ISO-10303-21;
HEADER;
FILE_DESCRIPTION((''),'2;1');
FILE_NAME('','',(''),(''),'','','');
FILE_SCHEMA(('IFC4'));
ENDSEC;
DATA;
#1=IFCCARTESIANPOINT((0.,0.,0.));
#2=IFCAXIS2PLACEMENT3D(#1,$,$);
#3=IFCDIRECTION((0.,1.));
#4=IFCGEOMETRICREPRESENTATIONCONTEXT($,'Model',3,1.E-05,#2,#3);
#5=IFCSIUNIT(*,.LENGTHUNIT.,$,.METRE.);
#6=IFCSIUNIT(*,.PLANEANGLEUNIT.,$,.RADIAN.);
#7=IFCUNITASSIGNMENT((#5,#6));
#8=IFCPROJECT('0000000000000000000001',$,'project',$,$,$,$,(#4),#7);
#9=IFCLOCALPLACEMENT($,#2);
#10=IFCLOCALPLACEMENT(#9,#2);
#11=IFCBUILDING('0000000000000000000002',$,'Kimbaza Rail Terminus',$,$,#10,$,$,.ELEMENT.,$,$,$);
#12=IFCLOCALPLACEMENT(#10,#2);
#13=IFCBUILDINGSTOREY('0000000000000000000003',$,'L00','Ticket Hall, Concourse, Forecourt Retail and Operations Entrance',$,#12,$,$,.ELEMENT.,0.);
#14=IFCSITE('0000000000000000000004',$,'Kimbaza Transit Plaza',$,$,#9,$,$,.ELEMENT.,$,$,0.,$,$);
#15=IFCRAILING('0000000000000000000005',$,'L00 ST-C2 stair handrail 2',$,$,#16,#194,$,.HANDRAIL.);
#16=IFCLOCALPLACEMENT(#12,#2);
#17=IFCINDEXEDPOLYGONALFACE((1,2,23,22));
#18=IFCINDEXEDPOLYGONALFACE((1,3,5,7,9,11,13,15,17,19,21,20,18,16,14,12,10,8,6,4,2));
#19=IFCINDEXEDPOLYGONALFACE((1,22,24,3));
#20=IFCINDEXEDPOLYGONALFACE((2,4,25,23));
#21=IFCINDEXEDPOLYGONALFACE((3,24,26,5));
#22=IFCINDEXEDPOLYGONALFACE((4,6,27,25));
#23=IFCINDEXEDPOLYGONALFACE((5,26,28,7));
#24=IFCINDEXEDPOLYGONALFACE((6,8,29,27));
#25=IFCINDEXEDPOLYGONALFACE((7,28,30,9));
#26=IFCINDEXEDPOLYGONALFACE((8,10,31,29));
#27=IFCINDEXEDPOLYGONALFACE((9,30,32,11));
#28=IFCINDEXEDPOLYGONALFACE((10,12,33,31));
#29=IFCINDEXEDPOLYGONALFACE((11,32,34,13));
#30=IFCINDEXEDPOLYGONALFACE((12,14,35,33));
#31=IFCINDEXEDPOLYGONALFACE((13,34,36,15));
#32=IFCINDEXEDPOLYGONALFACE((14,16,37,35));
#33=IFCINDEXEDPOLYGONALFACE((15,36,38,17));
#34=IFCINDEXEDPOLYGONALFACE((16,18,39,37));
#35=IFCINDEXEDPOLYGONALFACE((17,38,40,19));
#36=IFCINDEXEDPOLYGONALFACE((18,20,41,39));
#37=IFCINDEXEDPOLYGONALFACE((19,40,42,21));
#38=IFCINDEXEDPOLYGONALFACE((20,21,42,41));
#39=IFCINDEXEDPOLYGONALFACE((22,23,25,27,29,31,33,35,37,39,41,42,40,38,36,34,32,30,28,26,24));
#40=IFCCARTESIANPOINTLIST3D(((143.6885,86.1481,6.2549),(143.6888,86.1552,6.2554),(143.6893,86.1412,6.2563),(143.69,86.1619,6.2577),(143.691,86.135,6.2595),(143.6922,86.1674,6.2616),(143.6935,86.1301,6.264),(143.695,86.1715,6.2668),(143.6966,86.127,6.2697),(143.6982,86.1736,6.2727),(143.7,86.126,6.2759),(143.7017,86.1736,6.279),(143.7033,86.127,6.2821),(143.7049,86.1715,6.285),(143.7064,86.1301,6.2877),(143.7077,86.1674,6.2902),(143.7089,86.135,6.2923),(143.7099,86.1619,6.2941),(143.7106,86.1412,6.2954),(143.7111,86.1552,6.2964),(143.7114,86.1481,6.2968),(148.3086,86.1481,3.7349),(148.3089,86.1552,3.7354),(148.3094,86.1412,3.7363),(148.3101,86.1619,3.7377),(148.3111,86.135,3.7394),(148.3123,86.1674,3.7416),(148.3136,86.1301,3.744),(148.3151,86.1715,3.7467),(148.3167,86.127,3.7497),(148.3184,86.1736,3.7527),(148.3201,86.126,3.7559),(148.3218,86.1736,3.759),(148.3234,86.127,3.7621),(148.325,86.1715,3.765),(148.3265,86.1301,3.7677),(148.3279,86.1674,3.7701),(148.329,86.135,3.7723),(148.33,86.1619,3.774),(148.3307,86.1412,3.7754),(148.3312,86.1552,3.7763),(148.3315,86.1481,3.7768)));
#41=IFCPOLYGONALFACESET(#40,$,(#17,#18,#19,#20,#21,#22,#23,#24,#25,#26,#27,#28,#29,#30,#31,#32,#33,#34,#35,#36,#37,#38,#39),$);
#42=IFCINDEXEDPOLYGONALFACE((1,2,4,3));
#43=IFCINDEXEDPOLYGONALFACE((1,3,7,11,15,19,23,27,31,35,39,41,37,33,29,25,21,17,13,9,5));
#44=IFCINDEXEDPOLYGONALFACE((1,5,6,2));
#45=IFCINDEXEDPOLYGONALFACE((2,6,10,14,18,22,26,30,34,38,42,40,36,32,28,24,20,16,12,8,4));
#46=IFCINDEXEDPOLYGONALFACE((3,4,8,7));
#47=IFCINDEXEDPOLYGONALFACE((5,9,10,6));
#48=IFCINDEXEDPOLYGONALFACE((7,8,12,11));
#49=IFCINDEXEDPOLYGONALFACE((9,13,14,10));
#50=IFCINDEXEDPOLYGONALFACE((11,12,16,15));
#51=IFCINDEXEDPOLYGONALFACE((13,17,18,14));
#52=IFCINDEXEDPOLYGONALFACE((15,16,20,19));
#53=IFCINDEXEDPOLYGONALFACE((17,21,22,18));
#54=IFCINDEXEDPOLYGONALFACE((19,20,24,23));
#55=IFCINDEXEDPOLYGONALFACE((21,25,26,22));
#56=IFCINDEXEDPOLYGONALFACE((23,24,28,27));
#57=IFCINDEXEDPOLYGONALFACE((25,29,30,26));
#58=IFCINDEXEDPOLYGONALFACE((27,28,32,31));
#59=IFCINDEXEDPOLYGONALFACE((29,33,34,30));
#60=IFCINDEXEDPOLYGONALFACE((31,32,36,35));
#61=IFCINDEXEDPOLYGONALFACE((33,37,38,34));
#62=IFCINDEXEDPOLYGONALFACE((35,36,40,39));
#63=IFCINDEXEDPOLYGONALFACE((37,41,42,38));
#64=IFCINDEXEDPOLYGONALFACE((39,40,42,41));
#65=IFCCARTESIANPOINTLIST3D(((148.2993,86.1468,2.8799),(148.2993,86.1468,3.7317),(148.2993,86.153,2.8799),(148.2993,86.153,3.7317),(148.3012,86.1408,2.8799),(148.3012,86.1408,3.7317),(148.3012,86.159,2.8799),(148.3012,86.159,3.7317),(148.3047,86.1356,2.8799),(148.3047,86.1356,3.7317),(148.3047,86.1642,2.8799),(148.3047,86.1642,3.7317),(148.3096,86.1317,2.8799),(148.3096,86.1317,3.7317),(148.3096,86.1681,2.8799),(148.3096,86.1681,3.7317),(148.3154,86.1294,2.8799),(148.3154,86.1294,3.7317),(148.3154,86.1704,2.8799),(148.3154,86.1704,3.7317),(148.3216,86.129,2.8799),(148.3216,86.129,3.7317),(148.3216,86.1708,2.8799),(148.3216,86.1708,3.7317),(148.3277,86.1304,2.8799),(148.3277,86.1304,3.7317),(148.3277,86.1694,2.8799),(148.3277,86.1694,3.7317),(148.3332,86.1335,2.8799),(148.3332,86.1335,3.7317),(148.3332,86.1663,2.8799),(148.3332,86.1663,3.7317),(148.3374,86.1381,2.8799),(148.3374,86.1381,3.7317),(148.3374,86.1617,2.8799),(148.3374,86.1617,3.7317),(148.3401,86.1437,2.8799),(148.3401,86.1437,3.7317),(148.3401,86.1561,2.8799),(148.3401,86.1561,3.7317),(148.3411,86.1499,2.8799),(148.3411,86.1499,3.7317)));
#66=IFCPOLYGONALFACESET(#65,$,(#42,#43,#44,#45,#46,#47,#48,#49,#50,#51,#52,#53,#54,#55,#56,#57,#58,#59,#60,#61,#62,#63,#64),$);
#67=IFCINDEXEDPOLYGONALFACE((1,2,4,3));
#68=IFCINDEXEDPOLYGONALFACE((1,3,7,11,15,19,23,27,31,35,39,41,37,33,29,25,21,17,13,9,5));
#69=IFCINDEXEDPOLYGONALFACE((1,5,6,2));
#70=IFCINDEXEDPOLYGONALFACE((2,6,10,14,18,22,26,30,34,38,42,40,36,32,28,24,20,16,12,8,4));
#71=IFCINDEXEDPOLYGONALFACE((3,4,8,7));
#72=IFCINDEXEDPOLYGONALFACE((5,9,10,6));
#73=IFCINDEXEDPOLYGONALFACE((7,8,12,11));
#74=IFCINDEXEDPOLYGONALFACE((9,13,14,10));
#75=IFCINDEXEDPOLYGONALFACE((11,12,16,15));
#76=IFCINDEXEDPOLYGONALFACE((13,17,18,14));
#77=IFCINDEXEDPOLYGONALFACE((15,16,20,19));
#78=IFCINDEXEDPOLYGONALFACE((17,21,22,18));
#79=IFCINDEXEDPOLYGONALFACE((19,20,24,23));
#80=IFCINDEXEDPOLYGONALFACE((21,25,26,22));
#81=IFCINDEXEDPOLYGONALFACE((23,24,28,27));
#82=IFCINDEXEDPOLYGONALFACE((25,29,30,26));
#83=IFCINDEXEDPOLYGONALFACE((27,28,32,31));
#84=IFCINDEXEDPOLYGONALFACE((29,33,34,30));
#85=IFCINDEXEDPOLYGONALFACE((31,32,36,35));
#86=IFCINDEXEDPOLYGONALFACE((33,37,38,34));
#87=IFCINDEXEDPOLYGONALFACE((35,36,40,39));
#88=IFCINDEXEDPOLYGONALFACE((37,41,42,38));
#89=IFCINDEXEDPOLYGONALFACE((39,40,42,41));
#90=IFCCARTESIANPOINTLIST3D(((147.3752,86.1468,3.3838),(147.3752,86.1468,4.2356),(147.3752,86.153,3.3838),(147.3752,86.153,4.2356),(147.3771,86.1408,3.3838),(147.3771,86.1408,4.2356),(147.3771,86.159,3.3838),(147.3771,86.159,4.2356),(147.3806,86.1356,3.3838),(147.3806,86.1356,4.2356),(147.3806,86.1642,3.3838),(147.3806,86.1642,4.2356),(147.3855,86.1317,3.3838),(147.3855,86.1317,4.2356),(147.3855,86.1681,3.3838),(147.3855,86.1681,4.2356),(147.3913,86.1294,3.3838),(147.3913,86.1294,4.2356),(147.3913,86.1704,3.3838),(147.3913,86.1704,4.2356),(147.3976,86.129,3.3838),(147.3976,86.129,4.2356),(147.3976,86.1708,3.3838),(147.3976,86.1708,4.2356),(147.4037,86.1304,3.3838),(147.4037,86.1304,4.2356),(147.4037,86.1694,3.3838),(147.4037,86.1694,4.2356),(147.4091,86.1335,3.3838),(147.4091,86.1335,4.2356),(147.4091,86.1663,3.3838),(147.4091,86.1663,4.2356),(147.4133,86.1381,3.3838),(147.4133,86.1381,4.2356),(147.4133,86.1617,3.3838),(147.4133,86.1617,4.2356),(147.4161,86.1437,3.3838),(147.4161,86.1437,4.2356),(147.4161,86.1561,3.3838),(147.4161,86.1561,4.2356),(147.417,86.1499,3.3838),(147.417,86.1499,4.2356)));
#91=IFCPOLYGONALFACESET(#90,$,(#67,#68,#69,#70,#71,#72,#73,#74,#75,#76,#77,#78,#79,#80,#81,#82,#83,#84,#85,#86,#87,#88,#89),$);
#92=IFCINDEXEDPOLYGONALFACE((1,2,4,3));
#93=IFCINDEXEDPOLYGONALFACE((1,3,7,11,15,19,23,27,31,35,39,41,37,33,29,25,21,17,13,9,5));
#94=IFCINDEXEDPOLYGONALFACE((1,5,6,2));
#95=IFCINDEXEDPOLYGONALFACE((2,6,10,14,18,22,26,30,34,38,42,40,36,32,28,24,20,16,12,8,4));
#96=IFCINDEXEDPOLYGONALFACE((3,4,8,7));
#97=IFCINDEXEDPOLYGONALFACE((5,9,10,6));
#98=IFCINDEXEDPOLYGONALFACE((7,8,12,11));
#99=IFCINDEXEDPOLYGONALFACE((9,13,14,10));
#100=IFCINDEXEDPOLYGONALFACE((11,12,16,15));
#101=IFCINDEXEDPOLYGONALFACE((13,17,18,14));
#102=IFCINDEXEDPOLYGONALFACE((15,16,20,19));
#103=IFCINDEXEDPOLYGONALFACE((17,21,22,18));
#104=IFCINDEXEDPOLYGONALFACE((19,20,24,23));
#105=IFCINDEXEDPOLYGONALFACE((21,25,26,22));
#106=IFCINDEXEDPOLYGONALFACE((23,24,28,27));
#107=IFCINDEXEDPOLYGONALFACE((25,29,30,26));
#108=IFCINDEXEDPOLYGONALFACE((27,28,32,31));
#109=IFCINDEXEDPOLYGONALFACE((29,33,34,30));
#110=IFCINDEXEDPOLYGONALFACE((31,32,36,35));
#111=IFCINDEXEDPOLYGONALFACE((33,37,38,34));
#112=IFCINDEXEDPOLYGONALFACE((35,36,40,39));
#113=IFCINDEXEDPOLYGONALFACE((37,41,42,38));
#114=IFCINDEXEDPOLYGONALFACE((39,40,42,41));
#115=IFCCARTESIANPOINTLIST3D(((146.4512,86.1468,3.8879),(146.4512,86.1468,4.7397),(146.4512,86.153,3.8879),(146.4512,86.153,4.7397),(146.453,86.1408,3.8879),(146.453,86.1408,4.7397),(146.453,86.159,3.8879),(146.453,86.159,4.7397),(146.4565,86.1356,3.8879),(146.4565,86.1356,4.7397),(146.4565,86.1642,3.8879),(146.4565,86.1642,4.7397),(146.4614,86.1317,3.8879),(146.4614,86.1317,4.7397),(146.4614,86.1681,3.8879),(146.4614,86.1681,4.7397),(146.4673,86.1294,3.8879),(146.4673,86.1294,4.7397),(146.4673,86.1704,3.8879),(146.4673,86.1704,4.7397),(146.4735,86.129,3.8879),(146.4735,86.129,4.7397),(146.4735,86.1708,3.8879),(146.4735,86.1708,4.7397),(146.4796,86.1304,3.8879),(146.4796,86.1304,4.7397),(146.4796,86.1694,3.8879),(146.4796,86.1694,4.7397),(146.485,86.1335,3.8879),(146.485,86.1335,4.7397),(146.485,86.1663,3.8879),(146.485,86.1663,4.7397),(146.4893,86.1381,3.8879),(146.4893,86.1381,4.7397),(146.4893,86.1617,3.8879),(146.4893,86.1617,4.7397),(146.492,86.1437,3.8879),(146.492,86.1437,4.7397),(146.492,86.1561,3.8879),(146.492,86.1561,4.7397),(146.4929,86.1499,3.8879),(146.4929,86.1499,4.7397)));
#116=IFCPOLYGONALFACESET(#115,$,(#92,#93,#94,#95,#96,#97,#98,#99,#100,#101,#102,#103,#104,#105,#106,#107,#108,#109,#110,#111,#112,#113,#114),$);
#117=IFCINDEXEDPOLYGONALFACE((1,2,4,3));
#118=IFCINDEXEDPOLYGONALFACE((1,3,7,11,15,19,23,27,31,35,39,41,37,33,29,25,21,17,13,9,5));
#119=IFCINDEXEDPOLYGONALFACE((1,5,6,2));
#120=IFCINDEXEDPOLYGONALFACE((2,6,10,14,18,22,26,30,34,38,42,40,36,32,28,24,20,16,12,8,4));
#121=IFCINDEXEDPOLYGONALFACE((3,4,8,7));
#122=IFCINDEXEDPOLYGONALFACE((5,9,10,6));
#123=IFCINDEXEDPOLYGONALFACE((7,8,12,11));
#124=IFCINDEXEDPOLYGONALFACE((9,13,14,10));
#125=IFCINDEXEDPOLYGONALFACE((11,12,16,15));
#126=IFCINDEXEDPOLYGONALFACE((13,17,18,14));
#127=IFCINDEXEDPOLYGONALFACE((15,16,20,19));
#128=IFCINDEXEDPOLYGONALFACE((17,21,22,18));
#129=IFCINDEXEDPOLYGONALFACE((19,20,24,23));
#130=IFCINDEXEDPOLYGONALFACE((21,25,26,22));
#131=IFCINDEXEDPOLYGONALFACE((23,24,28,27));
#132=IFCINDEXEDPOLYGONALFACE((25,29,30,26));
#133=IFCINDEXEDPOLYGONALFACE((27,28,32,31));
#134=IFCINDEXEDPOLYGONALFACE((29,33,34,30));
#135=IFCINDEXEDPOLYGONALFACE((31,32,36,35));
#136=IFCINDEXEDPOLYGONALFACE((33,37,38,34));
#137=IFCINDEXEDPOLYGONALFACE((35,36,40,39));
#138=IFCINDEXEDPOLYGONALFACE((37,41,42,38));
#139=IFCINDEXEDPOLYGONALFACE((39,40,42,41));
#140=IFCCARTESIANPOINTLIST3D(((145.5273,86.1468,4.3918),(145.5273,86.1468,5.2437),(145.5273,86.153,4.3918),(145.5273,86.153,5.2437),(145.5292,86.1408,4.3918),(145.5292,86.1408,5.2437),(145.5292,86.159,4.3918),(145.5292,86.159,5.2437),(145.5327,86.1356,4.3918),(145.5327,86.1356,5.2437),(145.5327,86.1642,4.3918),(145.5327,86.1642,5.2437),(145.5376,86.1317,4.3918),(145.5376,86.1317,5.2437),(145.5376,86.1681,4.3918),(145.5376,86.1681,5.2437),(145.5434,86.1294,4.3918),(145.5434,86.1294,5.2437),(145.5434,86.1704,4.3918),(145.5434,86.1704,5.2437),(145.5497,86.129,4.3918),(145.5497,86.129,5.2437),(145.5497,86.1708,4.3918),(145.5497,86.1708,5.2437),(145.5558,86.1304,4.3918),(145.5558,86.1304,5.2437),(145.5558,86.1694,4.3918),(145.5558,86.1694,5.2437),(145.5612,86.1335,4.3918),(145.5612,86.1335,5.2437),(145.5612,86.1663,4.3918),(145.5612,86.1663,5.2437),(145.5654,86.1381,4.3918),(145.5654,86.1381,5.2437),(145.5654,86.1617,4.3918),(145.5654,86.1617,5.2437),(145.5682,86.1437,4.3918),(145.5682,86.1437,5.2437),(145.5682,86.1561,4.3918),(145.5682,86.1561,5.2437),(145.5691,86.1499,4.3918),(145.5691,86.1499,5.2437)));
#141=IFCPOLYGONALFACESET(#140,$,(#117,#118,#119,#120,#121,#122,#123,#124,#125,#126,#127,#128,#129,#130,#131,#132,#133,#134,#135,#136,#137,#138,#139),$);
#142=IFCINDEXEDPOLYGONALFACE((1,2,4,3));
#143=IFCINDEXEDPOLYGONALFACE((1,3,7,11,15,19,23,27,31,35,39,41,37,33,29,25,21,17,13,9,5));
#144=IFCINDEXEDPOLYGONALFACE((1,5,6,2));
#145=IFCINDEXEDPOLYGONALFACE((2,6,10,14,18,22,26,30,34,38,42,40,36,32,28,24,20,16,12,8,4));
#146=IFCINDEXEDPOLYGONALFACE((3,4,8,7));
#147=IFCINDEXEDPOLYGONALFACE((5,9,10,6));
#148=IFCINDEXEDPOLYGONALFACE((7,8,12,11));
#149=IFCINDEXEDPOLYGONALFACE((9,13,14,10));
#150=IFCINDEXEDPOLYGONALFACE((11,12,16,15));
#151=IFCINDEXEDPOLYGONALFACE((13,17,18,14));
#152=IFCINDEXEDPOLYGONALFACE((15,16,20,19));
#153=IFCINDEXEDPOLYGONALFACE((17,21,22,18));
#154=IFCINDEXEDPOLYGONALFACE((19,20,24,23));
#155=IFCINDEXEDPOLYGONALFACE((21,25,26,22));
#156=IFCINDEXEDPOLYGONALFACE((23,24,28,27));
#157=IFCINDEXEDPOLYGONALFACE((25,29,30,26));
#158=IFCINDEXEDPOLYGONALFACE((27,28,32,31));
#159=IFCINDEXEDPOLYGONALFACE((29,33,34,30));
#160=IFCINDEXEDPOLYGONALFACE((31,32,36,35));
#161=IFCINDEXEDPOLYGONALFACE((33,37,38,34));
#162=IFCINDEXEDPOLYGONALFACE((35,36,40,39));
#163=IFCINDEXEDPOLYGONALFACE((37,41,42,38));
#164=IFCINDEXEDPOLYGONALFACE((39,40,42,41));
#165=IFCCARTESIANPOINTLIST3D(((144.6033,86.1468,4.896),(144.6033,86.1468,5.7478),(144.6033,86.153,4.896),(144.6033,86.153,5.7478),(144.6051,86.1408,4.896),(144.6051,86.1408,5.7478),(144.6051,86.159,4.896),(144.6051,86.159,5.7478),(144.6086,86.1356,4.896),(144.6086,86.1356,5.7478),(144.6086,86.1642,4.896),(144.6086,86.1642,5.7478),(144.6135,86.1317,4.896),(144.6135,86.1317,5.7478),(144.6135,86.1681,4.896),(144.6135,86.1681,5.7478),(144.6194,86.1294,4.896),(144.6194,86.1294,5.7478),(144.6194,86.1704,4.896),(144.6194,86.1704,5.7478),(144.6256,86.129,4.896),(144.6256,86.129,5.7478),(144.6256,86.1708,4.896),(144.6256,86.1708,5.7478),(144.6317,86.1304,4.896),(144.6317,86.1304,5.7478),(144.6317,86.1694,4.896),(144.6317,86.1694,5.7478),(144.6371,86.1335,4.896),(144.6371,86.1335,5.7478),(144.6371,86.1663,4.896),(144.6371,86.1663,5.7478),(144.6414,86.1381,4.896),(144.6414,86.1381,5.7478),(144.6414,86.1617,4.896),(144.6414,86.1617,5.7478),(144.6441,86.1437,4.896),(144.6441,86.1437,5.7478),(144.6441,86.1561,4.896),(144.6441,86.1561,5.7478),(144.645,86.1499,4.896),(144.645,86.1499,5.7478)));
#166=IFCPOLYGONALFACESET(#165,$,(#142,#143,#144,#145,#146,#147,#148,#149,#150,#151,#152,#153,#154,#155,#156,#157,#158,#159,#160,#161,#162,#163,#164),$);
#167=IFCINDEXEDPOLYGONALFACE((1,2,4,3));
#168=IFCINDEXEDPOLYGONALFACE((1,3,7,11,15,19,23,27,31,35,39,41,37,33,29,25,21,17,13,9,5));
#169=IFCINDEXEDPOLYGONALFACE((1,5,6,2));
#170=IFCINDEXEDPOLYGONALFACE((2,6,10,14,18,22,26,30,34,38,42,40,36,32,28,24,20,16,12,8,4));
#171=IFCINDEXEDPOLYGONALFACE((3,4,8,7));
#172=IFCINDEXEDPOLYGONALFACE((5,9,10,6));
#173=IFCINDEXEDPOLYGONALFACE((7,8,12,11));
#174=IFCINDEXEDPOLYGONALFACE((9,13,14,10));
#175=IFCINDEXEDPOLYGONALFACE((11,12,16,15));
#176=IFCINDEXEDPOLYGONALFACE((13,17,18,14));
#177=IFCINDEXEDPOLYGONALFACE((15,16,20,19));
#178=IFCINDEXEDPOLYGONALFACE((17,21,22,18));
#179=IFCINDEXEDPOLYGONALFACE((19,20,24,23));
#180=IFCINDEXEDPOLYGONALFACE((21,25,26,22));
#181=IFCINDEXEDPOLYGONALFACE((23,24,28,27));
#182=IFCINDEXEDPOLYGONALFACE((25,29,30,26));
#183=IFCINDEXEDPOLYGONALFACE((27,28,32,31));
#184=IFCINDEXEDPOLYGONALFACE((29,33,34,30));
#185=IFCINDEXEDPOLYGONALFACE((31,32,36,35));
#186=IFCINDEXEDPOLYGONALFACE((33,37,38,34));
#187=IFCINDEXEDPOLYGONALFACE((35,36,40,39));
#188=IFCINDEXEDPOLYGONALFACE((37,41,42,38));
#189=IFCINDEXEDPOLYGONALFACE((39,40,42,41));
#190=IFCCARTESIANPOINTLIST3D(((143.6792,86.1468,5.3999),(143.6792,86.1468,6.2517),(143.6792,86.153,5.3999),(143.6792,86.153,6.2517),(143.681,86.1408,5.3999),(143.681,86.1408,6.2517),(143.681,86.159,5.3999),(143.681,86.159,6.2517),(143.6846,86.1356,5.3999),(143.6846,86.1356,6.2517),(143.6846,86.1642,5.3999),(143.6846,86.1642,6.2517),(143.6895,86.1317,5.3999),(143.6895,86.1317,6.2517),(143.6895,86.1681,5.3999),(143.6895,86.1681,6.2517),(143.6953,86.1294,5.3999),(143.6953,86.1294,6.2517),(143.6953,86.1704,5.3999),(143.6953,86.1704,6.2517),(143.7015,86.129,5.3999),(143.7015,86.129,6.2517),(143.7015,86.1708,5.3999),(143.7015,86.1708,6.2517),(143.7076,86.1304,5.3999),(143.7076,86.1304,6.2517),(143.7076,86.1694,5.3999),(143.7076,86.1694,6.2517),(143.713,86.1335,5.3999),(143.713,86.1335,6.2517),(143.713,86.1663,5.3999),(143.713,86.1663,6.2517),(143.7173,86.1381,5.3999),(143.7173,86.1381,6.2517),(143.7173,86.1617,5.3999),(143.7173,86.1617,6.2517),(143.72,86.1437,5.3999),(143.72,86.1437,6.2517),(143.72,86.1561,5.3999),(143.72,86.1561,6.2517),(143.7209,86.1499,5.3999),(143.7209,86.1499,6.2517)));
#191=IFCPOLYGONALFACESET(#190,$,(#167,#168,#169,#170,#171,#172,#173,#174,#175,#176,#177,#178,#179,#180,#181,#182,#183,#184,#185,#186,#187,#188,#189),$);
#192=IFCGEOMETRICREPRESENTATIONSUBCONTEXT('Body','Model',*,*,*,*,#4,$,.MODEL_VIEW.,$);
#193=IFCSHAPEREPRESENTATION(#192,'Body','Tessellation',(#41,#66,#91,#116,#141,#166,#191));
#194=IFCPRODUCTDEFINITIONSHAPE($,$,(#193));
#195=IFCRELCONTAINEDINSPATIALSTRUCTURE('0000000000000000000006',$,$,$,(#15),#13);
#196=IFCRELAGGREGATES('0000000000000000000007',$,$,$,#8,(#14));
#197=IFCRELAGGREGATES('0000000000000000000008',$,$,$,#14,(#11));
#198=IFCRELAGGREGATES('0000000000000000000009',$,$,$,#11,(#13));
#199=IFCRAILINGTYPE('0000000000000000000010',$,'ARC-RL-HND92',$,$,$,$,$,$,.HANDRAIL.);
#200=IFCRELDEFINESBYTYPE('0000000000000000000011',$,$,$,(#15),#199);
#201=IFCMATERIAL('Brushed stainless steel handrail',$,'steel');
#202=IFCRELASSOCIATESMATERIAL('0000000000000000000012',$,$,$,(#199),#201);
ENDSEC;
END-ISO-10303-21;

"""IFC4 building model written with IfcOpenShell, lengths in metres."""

from ifc_helpers import new_model, si_unit, direction, frame, origin, origin_2d, place, context, subcontext, project, spatial, circle, extrude, material, type_object, element, save


model = new_model("IFC4")

# Units and contexts
model_context = context("Model", 3, precision=1e-05, world=origin(), true_north=direction((0.0, 1.0)))
body_context = subcontext(model_context, "Body", "Model", "MODEL_VIEW")
ifc_project = project(units=[si_unit("LENGTHUNIT", "METRE"), si_unit("PLANEANGLEUNIT", "RADIAN")], contexts=[model_context])

# Site, building, storey
site_placement = place(None, origin())
site = spatial("IfcSite", under=ifc_project, at=site_placement, Name="Kimbaza Transit Plaza", CompositionType="ELEMENT", RefElevation=0.0)
building_placement = place(site_placement, origin())
building = spatial("IfcBuilding", under=site, at=building_placement, Name="Kimbaza Rail Terminus", CompositionType="ELEMENT")
storey_placement = place(building_placement, origin())
storey = spatial("IfcBuildingStorey", under=building, at=storey_placement, Name="L00", Description="Ticket Hall, Concourse, Forecourt Retail and Operations Entrance", CompositionType="ELEMENT", Elevation=0.0)

# Railing
ifc_material_1 = material(Name="Brushed stainless steel handrail", Category="steel")
railing_type_1 = type_object("IfcRailingType", Name="ARC-RL-HND92", PredefinedType="HANDRAIL", material=ifc_material_1)
railing_1_placement = place(storey_placement, frame((148.3201, 86.1499, 2.8799)))
element("IfcRailing", 1, at=railing_1_placement, inside=storey, type_object=railing_type_1, Name="L00 ST-C2 stair handrail 2", PredefinedType="HANDRAIL", context=body_context, shape_type="SweptSolid", body=[
    extrude(circle(Radius=0.0239, at=origin_2d()), frame((0.0, 0.0, 0.876), z_axis=(-0.877899, 0.0, 0.478846), x_axis=(0.0, -1.0, 0.0)), (0.0, 0.0, 1.0), 5.2627),
    extrude(circle(Radius=0.021, at=origin_2d()), origin(), (0.0, 0.0, 1.0), 0.8518),
    extrude(circle(Radius=0.021, at=origin_2d()), frame((-0.9241, 0.0, 0.5039)), (0.0, 0.0, 1.0), 0.8518),
    extrude(circle(Radius=0.021, at=origin_2d()), frame((-1.8481, 0.0, 1.0081)), (0.0, 0.0, 1.0), 0.8518),
    extrude(circle(Radius=0.021, at=origin_2d()), frame((-2.772, 0.0, 1.512)), (0.0, 0.0, 1.0), 0.8518),
    extrude(circle(Radius=0.021, at=origin_2d()), frame((-3.696, 0.0, 2.0161)), (0.0, 0.0, 1.0), 0.8518),
    extrude(circle(Radius=0.021, at=origin_2d()), frame((-4.6201, 0.0, 2.52)), (0.0, 0.0, 1.0), 0.8518),
])

save(model, "model.ifc")
